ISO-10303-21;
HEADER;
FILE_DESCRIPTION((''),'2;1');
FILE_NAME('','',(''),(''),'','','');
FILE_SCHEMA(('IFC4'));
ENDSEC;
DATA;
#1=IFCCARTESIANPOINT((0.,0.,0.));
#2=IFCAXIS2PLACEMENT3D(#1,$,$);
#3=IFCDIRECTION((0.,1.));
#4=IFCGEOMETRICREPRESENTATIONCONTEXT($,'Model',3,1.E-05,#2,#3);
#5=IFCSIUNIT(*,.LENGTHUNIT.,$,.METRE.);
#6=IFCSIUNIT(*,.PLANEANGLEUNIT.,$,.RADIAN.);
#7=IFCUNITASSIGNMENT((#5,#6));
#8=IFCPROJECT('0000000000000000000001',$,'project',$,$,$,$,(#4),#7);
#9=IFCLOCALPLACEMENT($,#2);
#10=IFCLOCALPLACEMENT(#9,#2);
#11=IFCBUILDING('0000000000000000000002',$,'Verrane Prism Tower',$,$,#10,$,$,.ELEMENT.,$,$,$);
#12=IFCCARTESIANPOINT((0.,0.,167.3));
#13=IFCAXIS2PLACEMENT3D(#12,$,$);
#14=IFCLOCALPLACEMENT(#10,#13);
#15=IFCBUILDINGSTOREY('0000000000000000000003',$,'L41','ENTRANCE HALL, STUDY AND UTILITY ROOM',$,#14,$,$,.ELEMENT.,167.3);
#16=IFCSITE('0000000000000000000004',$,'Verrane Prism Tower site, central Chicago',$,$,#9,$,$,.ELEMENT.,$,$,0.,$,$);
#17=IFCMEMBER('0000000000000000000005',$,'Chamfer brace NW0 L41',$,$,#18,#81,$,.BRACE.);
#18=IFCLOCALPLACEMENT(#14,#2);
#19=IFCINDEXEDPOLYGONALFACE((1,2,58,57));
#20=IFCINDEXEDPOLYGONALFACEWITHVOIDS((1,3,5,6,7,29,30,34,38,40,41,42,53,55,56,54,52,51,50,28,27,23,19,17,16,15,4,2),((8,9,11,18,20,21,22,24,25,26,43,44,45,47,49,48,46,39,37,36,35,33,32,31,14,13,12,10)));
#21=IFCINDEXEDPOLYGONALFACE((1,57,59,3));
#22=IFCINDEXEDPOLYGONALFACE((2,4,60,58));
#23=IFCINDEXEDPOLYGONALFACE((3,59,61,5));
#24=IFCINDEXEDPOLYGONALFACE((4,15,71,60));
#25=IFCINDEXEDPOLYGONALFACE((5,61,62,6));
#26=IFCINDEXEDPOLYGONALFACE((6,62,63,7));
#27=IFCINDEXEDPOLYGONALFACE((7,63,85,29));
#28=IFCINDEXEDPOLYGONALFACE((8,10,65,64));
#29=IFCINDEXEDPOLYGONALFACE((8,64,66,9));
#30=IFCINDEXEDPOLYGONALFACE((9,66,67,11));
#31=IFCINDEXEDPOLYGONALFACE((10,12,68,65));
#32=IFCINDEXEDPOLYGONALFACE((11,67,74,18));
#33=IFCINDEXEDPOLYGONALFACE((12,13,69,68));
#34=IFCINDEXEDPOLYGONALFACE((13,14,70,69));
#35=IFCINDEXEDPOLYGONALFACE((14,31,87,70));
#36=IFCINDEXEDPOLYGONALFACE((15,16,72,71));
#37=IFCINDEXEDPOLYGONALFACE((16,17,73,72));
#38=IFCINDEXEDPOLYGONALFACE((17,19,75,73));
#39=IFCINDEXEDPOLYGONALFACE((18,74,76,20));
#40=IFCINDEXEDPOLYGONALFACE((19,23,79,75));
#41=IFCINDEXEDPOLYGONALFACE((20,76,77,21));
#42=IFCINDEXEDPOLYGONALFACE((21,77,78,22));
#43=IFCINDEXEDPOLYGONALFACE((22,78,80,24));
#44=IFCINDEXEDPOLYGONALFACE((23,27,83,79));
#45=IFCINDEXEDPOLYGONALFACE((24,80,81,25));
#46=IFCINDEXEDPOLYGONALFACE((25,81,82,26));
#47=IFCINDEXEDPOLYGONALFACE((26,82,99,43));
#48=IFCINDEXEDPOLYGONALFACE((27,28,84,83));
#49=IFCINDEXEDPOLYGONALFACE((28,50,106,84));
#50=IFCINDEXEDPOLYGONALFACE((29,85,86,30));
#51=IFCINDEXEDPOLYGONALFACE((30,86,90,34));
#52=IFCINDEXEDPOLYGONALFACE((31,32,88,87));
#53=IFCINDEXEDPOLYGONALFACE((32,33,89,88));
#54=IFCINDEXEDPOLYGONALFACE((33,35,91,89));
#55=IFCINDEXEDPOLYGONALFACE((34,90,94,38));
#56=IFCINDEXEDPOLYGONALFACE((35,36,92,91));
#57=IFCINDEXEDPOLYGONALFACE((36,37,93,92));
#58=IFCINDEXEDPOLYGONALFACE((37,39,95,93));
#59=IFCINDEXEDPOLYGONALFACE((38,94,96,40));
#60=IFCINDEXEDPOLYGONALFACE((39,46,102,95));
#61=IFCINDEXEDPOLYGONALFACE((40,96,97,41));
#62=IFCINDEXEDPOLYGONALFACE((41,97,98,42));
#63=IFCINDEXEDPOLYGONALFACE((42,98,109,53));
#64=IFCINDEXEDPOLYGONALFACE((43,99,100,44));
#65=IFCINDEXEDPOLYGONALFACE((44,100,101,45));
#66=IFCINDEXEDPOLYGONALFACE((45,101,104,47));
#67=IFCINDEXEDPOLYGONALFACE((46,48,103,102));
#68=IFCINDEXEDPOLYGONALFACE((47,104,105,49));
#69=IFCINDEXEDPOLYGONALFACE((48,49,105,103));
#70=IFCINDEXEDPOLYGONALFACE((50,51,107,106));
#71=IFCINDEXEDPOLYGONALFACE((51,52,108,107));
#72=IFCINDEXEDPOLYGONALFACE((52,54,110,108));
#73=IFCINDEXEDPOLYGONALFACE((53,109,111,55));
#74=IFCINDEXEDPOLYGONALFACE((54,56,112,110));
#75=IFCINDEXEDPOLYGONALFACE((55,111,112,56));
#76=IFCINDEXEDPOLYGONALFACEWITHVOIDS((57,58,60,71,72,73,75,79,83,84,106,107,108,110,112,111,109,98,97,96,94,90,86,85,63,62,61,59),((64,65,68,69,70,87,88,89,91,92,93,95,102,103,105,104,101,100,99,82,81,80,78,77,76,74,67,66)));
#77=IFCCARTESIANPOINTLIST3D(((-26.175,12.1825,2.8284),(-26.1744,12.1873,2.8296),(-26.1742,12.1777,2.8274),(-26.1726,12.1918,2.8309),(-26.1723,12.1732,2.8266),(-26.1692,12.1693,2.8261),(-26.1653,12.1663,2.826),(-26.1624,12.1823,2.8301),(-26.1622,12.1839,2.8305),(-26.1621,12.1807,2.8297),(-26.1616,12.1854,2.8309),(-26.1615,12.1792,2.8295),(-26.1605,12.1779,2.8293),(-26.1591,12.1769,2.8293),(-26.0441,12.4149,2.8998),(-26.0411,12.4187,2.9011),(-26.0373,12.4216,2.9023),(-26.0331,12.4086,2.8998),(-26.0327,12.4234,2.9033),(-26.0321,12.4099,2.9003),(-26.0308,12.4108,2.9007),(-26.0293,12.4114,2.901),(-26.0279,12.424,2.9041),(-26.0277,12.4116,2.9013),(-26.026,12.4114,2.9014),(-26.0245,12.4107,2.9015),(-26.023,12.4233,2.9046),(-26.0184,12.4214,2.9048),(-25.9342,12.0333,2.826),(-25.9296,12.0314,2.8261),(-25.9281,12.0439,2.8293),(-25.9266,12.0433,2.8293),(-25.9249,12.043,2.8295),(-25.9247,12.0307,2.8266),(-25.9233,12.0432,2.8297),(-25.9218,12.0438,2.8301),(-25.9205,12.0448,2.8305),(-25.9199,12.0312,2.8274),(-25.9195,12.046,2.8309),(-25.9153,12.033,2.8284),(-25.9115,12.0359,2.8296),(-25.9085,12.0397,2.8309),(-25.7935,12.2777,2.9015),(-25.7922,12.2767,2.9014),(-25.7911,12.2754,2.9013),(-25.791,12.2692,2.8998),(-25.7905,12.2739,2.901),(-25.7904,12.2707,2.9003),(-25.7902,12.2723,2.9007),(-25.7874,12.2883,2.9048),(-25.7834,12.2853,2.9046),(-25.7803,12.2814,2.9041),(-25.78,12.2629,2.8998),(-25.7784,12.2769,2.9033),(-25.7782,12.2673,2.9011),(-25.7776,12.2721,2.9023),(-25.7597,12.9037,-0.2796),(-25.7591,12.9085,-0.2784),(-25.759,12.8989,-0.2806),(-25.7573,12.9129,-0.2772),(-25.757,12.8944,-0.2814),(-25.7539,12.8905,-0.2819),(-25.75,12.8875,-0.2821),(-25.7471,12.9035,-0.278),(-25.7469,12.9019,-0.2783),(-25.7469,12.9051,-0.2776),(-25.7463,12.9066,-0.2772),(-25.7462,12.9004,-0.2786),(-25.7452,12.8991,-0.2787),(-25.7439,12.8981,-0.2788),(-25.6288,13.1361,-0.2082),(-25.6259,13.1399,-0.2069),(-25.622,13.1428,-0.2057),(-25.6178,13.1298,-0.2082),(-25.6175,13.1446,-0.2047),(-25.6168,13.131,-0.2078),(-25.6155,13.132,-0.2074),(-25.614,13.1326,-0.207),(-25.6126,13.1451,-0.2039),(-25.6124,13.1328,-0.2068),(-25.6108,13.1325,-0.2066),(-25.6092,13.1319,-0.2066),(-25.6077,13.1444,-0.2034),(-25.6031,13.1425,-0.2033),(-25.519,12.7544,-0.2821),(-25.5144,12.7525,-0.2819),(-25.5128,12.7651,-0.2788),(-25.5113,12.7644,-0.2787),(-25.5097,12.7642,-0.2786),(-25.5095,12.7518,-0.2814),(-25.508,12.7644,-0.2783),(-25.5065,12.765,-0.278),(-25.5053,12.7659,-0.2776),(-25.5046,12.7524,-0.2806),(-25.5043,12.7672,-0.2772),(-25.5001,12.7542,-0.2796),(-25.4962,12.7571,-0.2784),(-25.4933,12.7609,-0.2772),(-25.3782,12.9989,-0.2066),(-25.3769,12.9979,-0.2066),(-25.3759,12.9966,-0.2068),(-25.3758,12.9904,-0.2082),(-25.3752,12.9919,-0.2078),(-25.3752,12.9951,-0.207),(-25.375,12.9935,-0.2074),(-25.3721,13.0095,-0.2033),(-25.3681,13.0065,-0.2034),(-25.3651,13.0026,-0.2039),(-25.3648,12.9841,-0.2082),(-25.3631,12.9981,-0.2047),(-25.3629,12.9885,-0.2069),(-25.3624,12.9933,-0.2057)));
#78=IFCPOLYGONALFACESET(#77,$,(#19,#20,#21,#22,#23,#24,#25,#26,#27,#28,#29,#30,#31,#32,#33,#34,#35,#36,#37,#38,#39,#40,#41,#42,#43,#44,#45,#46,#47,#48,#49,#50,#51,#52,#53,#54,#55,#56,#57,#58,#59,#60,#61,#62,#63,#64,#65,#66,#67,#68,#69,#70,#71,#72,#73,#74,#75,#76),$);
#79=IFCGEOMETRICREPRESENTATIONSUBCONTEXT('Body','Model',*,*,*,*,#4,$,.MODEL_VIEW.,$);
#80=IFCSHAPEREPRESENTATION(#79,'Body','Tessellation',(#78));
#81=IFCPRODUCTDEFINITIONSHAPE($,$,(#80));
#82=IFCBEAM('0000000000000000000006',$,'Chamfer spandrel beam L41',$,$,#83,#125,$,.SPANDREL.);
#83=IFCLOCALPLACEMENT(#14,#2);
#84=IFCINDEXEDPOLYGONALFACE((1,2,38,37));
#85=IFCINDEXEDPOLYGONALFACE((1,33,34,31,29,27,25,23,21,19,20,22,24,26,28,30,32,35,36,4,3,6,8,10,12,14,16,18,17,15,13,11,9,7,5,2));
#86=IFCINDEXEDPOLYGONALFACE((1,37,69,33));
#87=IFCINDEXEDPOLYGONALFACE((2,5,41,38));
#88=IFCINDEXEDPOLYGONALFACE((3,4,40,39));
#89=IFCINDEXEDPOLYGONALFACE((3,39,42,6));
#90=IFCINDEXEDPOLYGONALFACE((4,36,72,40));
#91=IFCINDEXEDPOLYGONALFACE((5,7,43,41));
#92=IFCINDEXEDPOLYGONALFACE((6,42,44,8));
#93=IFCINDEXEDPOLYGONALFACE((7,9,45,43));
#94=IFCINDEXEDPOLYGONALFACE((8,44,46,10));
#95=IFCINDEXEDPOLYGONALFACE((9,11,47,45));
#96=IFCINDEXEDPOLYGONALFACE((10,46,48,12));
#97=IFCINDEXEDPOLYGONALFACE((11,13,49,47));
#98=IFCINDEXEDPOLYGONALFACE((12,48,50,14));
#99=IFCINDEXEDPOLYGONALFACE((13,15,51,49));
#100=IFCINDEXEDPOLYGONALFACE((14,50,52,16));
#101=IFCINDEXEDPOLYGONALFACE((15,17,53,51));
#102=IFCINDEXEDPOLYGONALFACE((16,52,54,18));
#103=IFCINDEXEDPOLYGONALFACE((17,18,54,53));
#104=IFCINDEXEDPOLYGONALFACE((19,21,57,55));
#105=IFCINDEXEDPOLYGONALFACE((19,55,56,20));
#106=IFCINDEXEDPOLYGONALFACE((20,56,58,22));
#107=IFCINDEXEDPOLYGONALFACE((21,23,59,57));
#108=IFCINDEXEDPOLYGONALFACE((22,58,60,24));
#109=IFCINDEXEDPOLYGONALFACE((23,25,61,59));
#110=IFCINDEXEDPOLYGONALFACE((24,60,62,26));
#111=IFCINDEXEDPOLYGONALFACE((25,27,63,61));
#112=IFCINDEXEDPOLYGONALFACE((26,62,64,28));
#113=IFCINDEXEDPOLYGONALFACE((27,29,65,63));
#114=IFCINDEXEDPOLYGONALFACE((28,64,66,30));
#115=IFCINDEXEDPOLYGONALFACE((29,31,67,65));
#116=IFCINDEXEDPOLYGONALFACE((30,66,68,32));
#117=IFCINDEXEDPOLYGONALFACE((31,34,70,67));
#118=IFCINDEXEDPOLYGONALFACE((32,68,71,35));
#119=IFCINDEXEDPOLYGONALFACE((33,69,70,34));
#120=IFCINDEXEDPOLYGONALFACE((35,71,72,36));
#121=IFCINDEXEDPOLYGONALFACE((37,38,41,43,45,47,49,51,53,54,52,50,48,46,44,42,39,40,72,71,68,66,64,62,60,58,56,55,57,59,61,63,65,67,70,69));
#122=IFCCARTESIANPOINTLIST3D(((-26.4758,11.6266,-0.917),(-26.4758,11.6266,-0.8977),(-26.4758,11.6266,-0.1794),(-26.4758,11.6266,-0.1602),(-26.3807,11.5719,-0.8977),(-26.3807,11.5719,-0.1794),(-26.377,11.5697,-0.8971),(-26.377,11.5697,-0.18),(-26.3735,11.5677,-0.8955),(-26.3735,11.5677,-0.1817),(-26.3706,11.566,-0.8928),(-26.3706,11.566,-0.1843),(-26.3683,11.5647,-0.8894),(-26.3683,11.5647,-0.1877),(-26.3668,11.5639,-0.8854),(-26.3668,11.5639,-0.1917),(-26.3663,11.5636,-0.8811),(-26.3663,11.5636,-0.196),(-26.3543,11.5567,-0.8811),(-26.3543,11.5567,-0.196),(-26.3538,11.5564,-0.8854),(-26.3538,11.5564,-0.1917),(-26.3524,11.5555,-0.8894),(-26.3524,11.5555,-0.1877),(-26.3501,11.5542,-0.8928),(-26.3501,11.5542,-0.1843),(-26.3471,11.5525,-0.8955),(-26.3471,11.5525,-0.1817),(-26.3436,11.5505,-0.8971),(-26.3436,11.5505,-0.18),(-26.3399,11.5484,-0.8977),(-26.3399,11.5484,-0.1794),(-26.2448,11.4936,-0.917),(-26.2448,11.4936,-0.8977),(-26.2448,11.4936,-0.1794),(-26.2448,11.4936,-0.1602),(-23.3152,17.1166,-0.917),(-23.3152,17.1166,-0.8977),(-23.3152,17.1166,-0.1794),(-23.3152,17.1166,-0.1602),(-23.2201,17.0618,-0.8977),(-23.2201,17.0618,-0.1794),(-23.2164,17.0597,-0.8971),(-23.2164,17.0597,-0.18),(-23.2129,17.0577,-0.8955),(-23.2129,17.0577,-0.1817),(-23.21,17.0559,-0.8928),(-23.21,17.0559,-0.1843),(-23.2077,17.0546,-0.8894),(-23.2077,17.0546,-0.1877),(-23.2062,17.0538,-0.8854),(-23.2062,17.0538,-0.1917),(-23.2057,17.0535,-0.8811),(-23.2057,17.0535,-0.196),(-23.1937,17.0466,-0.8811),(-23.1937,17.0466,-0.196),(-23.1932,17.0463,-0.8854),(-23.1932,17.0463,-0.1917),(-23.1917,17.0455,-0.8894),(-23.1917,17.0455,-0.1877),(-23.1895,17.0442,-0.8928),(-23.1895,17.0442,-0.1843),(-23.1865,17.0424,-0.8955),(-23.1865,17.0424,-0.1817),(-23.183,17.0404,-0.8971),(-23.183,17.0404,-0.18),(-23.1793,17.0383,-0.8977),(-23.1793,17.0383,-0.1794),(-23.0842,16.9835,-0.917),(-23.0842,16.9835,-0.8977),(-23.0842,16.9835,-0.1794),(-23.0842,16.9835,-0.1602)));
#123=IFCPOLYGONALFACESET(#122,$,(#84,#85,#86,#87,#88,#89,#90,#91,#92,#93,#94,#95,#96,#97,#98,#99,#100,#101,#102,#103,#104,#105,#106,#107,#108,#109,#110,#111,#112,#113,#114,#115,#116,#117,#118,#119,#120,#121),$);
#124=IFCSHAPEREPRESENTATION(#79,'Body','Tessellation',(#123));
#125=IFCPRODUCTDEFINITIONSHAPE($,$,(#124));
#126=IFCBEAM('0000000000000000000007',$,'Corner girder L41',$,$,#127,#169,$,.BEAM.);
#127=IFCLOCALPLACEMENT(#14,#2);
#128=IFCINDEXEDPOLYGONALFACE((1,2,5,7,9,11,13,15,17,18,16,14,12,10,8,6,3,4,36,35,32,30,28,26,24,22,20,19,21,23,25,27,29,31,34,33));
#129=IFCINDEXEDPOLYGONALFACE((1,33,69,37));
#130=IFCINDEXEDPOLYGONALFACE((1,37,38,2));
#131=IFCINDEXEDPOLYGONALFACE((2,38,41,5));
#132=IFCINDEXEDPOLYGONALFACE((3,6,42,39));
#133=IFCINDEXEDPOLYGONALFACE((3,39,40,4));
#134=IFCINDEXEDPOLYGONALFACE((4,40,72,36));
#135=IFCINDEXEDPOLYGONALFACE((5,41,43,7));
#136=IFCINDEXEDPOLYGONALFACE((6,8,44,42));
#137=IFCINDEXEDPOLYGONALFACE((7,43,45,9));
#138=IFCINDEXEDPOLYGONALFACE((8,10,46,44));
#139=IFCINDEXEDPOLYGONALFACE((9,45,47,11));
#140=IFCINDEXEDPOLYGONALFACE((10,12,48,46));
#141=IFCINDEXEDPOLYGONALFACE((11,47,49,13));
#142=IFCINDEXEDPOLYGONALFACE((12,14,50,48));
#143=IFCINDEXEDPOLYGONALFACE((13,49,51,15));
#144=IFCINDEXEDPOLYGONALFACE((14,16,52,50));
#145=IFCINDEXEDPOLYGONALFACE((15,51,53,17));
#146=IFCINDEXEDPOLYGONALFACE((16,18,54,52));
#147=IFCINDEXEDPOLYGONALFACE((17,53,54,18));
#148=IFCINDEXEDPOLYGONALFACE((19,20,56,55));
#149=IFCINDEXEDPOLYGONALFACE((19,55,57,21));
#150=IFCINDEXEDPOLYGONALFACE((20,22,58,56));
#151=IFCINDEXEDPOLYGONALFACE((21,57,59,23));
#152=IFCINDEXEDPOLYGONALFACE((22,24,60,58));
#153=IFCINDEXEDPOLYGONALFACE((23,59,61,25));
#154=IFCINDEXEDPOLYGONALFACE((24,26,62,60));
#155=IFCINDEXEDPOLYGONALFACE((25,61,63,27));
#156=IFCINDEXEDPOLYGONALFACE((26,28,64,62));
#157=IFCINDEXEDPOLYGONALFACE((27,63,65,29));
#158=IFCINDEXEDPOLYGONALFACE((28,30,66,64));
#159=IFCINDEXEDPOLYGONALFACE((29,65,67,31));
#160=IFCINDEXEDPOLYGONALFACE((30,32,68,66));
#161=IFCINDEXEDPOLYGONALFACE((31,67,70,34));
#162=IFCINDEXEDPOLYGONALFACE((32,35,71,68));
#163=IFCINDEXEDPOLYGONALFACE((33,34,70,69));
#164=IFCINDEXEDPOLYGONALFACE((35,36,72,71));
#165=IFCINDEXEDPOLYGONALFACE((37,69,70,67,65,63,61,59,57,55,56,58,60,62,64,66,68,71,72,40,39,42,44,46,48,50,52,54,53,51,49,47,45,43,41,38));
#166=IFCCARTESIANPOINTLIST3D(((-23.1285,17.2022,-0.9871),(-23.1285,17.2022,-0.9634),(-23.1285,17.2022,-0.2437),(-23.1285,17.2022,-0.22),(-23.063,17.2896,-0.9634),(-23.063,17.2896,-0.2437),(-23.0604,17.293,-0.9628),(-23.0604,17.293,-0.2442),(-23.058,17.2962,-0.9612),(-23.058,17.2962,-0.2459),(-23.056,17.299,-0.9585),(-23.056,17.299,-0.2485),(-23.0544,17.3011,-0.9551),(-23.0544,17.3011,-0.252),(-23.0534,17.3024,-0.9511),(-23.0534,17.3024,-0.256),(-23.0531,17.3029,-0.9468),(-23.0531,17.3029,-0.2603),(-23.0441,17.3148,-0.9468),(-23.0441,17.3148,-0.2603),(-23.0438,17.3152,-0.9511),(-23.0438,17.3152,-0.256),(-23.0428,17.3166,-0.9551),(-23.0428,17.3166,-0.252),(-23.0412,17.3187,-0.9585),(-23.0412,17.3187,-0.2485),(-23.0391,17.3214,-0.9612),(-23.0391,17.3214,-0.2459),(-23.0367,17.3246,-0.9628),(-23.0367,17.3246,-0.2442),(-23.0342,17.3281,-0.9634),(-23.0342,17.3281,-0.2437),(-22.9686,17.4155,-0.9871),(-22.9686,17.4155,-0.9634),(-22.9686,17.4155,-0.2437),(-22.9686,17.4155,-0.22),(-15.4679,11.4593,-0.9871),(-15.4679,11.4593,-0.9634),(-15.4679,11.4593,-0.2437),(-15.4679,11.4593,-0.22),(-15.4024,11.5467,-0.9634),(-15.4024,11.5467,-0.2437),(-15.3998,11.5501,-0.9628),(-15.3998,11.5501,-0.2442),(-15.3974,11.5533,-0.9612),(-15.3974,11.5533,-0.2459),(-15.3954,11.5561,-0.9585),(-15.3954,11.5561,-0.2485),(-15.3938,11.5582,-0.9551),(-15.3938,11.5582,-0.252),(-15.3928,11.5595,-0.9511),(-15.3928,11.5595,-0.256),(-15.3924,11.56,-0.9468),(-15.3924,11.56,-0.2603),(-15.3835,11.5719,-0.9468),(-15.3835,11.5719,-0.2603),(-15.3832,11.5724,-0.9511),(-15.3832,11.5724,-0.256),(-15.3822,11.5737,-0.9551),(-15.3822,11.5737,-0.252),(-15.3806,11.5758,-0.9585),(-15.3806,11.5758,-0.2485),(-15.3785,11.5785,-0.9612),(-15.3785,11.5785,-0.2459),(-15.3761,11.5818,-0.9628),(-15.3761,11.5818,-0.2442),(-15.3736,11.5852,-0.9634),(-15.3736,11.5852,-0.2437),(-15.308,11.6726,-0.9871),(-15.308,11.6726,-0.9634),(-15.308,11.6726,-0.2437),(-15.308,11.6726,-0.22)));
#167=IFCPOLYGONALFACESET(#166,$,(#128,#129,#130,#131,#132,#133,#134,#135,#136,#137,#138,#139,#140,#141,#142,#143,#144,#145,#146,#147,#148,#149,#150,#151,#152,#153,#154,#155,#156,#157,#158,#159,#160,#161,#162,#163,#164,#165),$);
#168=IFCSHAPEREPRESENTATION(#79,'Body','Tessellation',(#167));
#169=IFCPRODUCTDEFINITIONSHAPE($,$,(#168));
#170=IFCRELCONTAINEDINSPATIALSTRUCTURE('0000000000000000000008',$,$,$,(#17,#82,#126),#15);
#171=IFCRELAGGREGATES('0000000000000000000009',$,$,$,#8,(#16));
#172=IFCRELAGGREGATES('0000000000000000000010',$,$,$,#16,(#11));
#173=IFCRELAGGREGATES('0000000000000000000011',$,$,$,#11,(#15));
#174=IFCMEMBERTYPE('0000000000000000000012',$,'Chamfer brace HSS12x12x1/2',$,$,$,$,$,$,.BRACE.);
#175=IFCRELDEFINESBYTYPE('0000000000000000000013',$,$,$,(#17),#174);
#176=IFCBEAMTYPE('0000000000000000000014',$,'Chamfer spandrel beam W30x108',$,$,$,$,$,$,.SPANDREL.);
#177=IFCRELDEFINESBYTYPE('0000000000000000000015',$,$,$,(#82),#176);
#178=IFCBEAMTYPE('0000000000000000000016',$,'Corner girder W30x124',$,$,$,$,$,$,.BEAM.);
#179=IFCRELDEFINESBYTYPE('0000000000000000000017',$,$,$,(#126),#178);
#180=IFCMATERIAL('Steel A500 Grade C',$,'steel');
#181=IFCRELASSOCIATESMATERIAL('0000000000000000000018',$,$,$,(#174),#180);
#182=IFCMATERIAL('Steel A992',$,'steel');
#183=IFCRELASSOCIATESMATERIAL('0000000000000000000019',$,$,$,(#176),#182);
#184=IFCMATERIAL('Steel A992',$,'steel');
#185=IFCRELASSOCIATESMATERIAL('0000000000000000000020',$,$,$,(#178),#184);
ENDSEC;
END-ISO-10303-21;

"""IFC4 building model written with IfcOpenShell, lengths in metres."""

from ifc_helpers import new_model, si_unit, direction, frame, origin, origin_2d, place, context, subcontext, project, spatial, hollow_rectangle, i_section, extrude, material, material_profile, profile_set, type_object, element, save


model = new_model("IFC4")

# Units and contexts
model_context = context("Model", 3, precision=1e-05, world=origin(), true_north=direction((0.0, 1.0)))
body_context = subcontext(model_context, "Body", "Model", "MODEL_VIEW")
ifc_project = project(units=[si_unit("LENGTHUNIT", "METRE"), si_unit("PLANEANGLEUNIT", "RADIAN")], contexts=[model_context])

# Site, building, storey
site_placement = place(None, origin())
site = spatial("IfcSite", under=ifc_project, at=site_placement, Name="Verrane Prism Tower site, central Chicago", CompositionType="ELEMENT", RefElevation=0.0)
building_placement = place(site_placement, origin())
building = spatial("IfcBuilding", under=site, at=building_placement, Name="Verrane Prism Tower", CompositionType="ELEMENT")
storey_placement = place(building_placement, frame((0.0, 0.0, 167.3)))
storey = spatial("IfcBuildingStorey", under=building, at=storey_placement, Name="L41", Description="ENTRANCE HALL, STUDY AND UTILITY ROOM", CompositionType="ELEMENT", Elevation=167.3)

# Member
ifc_material_1 = material(Name="Steel A500 Grade C", Category="steel")
ifc_material_profile_1 = material_profile(ifc_material_1, hollow_rectangle(XDim=0.3047, YDim=0.3047, WallThickness=0.0127, InnerFilletRadius=0.0063, OuterFilletRadius=0.019, at=origin_2d()), Name="HSS12x12x1/2")
ifc_profile_set_1 = profile_set([ifc_material_profile_1], Name="Steel A500 Grade C")
member_type_1 = type_object("IfcMemberType", Name="Chamfer brace HSS12x12x1/2", PredefinedType="BRACE", material=ifc_profile_set_1)
member_1_placement = place(storey_placement, frame((-25.561, 12.9485, -0.2427), z_axis=(-0.129065, -0.224137, 0.965974), x_axis=(0.866596, -0.499011, 0.0)))
element("IfcMember", 1, at=member_1_placement, inside=storey, type_object=member_type_1, Name="Chamfer brace NW0 L41", PredefinedType="BRACE", context=body_context, shape_type="SweptSolid", body=[
    extrude(hollow_rectangle(XDim=0.3047, YDim=0.3047, WallThickness=0.0127, InnerFilletRadius=0.0063, OuterFilletRadius=0.019, at=origin_2d()), origin(), (0.0, 0.0, 1.0), 3.2175),
])

# Beams
ifc_material_2 = material(Name="Steel A992", Category="steel")
ifc_material_profile_2 = material_profile(ifc_material_2, i_section(OverallWidth=0.2666, OverallDepth=0.7568, WebThickness=0.0139, FlangeThickness=0.0193, FilletRadius=0.0166, at=origin_2d()), Name="W30x108")
ifc_profile_set_2 = profile_set([ifc_material_profile_2], Name="Steel A992")
beam_type_1 = type_object("IfcBeamType", Name="Chamfer spandrel beam W30x108", PredefinedType="SPANDREL", material=ifc_profile_set_2)
beam_1_placement = place(storey_placement, frame((-23.1997, 17.05, -0.5386), z_axis=(-0.498934, -0.86664, 0.0), x_axis=(0.86664, -0.498934, 0.0)))
element("IfcBeam", 2, at=beam_1_placement, inside=storey, type_object=beam_type_1, Name="Chamfer spandrel beam L41", PredefinedType="SPANDREL", context=body_context, shape_type="SweptSolid", body=[
    extrude(i_section(OverallWidth=0.2666, OverallDepth=0.7568, WebThickness=0.0139, FlangeThickness=0.0193, FilletRadius=0.0166, at=origin_2d()), origin(), (0.0, 0.0, 1.0), 6.3347),
])
ifc_material_3 = material(Name="Steel A992", Category="steel")
ifc_material_profile_3 = material_profile(ifc_material_3, i_section(OverallWidth=0.2666, OverallDepth=0.7671, WebThickness=0.0149, FlangeThickness=0.0237, FilletRadius=0.0166, at=origin_2d()), Name="W30x124")
ifc_profile_set_3 = profile_set([ifc_material_profile_3], Name="Steel A992")
beam_type_2 = type_object("IfcBeamType", Name="Corner girder W30x124", PredefinedType="BEAM", material=ifc_profile_set_3)
beam_2_placement = place(storey_placement, frame((-23.0486, 17.3088, -0.6035), z_axis=(0.800128, -0.599829, 0.0), x_axis=(0.599829, 0.800128, 0.0)))
element("IfcBeam", 3, at=beam_2_placement, inside=storey, type_object=beam_type_2, Name="Corner girder L41", PredefinedType="BEAM", context=body_context, shape_type="SweptSolid", body=[
    extrude(i_section(OverallWidth=0.2666, OverallDepth=0.7671, WebThickness=0.0149, FlangeThickness=0.0237, FilletRadius=0.0166, at=origin_2d()), origin(), (0.0, 0.0, 1.0), 9.5742),
])

save(model, "model.ifc")
